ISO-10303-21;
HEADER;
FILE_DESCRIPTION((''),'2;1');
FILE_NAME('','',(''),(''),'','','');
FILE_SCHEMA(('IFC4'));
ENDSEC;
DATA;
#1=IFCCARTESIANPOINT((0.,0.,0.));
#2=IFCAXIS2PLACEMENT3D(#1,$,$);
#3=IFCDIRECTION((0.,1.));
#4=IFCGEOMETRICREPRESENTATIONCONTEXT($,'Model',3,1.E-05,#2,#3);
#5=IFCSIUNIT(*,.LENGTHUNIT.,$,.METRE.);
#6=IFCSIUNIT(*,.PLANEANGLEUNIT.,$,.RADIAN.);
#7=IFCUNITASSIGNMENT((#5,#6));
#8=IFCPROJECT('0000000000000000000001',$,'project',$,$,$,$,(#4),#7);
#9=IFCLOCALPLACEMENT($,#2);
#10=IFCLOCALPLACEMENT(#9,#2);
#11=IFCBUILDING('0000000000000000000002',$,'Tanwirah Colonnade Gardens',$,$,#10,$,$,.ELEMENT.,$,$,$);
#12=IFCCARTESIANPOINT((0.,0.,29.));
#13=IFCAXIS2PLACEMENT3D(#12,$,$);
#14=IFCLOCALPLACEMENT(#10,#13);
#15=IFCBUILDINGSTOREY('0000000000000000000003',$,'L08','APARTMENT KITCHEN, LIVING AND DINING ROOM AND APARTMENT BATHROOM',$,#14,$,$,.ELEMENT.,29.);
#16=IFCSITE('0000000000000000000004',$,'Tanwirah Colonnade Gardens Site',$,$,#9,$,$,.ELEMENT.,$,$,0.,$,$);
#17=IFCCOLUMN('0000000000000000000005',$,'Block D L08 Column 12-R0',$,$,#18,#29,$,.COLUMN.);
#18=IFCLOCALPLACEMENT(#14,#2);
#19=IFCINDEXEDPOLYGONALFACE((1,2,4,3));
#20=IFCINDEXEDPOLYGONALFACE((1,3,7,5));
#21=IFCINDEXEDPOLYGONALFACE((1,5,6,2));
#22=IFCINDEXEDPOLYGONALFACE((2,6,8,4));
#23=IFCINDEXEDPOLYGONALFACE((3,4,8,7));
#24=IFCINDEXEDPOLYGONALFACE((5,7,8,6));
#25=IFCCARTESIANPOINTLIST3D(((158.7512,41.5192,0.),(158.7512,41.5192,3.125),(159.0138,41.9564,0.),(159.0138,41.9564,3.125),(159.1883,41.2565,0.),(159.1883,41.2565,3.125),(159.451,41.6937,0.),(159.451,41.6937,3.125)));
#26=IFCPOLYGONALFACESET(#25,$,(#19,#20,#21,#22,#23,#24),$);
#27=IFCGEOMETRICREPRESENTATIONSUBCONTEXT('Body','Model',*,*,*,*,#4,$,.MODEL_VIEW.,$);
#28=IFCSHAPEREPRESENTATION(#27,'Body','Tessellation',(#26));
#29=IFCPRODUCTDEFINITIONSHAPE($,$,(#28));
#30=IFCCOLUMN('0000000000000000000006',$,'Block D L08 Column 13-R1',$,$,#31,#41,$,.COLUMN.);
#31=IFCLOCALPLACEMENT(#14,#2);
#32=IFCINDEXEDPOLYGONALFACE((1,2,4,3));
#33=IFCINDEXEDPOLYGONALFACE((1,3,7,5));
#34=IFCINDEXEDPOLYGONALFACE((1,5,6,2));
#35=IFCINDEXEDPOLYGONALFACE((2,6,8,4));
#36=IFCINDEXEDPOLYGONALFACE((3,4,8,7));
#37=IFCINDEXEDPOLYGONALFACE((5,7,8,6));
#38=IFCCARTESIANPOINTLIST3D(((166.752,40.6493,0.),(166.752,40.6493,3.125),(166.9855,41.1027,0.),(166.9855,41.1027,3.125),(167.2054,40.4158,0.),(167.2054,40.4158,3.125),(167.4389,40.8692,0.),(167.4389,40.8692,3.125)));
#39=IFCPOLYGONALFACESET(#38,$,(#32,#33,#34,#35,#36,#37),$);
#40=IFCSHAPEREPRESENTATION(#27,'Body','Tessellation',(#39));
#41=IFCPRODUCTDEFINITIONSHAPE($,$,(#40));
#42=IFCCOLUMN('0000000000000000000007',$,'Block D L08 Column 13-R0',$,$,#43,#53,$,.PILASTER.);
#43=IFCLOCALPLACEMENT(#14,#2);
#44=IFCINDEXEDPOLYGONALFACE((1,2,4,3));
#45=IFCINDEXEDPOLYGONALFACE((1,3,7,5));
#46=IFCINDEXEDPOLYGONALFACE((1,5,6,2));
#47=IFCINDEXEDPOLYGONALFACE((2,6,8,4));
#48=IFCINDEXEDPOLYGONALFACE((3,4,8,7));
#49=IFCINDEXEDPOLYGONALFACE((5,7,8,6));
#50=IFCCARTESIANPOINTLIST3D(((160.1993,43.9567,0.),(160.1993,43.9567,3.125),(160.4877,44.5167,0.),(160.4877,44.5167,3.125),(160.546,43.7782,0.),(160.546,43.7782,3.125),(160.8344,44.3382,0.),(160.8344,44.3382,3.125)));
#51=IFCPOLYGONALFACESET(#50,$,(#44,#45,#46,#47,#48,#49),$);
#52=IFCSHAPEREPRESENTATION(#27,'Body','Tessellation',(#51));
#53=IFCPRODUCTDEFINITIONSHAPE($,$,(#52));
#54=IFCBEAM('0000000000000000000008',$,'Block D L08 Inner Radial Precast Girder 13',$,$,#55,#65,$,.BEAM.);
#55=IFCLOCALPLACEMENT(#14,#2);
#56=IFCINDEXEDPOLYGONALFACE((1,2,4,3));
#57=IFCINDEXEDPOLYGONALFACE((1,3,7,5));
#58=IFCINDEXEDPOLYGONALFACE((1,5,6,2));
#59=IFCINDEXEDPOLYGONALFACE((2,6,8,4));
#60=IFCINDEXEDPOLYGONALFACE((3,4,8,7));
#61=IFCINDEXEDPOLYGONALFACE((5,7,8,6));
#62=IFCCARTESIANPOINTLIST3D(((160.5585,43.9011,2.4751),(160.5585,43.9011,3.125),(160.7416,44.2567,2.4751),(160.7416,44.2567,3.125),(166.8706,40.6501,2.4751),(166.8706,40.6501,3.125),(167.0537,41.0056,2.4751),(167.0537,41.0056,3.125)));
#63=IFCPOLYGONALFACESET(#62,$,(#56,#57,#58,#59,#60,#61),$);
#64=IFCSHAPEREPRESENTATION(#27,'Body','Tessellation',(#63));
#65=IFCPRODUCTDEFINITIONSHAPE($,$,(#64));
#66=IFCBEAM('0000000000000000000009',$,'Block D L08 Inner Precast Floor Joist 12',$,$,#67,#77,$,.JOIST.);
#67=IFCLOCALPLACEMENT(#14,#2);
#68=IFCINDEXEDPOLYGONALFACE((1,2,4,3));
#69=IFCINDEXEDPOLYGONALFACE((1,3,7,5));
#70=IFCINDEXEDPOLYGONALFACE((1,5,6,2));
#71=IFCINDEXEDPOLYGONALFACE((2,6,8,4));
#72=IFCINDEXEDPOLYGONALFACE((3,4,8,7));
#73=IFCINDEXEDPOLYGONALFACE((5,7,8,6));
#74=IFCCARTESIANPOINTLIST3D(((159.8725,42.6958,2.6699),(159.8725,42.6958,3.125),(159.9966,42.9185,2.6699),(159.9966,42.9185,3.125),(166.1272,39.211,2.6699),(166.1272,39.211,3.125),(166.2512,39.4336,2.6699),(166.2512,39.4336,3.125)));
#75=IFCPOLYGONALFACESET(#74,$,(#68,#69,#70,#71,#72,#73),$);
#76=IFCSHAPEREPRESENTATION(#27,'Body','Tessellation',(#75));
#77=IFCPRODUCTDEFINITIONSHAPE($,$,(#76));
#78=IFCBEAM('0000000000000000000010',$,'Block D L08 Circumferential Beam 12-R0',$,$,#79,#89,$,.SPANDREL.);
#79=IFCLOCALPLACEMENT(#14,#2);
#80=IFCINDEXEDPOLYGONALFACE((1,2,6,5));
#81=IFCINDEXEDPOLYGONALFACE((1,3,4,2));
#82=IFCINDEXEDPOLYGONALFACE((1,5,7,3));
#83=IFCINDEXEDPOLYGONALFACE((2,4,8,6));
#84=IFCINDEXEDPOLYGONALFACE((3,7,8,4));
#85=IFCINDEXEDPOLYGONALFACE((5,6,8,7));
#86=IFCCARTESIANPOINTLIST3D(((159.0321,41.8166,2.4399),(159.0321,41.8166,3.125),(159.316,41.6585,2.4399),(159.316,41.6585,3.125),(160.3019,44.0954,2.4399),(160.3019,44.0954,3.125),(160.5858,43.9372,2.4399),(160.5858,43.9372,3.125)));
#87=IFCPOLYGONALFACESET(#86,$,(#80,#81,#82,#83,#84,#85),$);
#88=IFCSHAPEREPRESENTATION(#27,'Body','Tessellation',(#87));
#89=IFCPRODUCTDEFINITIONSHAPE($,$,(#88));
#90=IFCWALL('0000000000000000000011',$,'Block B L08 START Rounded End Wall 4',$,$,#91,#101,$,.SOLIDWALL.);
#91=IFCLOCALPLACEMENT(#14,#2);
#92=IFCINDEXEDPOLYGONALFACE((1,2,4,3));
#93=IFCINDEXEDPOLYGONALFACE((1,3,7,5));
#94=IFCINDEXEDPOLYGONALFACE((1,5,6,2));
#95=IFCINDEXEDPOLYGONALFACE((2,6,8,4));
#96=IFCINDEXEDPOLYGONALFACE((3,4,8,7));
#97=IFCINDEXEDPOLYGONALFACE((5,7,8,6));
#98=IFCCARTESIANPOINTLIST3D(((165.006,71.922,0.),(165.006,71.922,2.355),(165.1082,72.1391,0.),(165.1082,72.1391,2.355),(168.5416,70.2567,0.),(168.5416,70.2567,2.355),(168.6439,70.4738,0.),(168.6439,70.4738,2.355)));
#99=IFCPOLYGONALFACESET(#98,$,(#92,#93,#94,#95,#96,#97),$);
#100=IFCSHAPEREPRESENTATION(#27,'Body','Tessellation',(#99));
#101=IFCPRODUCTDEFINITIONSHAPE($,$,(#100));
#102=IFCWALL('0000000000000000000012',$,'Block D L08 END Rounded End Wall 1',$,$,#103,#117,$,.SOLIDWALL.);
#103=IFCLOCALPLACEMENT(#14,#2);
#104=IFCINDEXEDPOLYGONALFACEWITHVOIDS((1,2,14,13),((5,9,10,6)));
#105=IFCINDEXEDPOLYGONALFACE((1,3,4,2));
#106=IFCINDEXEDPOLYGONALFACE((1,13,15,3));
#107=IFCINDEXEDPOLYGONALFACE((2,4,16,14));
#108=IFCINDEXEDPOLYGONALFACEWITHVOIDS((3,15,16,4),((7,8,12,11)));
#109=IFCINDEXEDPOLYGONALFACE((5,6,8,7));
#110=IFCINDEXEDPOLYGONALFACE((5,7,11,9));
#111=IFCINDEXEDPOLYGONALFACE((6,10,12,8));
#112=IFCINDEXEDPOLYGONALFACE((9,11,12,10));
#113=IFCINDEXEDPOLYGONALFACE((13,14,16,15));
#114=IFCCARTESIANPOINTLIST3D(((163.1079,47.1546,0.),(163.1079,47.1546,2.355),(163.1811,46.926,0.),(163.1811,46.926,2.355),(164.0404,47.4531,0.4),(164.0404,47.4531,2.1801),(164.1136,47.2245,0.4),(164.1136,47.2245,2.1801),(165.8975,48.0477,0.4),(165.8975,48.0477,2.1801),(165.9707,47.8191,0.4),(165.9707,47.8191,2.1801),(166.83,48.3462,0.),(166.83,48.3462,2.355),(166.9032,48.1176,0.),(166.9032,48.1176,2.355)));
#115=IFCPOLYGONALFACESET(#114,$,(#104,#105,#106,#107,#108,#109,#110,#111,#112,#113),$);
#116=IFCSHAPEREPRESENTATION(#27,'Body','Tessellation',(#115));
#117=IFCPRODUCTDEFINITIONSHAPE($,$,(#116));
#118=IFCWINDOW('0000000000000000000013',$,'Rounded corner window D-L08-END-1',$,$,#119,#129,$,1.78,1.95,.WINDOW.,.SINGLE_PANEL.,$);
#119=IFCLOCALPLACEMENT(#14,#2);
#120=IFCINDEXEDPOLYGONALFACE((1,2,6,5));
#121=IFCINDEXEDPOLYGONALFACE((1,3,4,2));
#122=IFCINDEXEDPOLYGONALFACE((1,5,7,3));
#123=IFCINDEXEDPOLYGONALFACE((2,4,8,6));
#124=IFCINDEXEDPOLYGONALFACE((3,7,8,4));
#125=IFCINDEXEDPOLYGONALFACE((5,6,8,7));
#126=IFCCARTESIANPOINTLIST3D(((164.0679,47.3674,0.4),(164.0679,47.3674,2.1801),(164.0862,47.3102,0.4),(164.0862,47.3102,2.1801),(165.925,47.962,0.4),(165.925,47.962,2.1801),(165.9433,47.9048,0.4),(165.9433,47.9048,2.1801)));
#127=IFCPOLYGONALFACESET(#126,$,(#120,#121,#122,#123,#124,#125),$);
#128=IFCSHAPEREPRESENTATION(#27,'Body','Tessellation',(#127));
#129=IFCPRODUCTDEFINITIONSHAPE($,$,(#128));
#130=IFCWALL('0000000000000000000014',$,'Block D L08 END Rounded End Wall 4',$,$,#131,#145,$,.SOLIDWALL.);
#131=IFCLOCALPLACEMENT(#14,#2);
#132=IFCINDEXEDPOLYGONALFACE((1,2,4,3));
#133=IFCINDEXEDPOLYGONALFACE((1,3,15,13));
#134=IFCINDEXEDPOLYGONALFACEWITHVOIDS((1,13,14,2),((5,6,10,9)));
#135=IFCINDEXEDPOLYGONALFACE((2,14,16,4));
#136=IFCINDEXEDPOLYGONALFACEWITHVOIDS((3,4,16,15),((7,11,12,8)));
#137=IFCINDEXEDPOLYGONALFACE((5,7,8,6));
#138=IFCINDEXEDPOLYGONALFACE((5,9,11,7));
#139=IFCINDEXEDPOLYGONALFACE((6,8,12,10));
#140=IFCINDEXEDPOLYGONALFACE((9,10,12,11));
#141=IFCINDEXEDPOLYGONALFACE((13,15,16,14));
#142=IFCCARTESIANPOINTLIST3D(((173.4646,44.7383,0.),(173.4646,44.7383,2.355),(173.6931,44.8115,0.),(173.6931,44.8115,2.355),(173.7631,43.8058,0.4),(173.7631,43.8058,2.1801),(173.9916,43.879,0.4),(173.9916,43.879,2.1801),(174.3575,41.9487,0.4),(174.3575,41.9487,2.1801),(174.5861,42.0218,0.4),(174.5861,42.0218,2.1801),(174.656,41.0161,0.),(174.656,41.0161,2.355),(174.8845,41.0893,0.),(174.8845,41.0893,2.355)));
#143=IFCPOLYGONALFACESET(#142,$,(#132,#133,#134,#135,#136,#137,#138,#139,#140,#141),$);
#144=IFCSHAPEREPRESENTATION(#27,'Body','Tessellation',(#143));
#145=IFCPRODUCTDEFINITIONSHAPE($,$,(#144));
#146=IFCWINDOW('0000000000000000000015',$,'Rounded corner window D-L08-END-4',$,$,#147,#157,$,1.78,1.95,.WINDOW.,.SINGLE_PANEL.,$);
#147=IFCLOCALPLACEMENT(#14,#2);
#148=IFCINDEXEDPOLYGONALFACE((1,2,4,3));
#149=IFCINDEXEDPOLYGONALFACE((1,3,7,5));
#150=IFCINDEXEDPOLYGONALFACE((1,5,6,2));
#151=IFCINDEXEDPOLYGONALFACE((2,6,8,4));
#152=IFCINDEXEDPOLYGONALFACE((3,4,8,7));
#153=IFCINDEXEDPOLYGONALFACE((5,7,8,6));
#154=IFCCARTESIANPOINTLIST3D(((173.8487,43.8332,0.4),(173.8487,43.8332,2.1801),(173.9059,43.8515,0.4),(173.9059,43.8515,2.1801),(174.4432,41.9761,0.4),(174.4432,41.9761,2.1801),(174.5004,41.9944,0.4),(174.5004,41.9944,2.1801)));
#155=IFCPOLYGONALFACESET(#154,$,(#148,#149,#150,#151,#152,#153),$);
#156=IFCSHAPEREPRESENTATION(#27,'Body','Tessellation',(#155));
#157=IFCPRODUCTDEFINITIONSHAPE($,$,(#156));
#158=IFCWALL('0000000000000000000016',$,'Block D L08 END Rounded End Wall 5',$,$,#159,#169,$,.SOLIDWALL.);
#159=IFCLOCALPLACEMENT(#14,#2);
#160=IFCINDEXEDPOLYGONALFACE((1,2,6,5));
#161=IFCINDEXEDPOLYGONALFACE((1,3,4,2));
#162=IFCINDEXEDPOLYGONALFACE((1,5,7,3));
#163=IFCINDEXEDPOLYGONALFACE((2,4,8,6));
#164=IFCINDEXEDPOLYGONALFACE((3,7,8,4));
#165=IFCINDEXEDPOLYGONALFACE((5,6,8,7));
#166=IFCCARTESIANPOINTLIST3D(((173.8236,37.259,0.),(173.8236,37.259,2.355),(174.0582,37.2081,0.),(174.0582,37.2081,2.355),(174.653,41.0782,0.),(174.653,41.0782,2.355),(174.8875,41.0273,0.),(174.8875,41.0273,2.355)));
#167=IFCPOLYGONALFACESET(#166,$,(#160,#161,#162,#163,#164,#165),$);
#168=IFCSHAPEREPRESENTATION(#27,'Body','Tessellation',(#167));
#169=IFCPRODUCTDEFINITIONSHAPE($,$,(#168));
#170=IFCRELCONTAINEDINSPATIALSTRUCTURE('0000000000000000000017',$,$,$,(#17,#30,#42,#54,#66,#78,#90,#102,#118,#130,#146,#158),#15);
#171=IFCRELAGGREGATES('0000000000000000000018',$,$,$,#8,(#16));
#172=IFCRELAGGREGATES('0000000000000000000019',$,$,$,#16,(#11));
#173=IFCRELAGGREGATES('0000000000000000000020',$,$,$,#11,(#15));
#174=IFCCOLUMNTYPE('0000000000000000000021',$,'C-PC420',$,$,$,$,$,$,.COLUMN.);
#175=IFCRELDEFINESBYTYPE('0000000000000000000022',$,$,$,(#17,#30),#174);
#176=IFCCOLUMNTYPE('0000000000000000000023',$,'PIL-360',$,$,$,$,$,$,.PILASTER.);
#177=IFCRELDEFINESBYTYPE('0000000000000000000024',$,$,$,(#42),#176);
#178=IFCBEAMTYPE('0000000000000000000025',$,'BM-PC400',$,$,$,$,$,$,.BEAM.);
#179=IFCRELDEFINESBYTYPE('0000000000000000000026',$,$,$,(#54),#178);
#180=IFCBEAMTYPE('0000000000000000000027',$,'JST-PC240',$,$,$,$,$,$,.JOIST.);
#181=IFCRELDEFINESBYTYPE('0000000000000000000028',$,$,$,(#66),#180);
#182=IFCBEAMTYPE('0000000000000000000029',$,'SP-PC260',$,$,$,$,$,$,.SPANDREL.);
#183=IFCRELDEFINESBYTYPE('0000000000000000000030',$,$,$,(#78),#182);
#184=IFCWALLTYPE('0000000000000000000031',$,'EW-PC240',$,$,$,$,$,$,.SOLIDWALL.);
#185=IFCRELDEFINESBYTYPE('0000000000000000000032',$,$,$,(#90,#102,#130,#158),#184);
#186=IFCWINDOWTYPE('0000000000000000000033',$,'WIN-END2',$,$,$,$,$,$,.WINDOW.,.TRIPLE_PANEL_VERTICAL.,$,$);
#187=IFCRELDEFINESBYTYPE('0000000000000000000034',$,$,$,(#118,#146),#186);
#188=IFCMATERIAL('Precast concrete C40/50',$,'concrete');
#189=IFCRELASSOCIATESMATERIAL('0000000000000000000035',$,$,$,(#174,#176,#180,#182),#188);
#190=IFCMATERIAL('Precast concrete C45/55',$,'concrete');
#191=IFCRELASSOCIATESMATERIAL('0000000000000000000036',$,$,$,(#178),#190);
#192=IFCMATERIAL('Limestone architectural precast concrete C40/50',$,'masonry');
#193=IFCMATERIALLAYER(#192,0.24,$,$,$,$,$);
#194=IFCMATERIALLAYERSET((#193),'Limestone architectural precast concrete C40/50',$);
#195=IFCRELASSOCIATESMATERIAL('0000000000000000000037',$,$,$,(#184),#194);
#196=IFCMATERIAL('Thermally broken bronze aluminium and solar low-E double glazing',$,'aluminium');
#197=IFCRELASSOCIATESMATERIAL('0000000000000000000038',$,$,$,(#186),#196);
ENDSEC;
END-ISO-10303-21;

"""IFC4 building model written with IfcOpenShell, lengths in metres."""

from ifc_helpers import new_model, si_unit, direction, frame, frame_2d, origin, origin_2d, place, context, subcontext, project, spatial, rectangle, extrude, material, layer, layer_set, material_profile, profile_set, type_object, element, fill, save


model = new_model("IFC4")

# Units and contexts
model_context = context("Model", 3, precision=1e-05, world=origin(), true_north=direction((0.0, 1.0)))
body_context = subcontext(model_context, "Body", "Model", "MODEL_VIEW")
ifc_project = project(units=[si_unit("LENGTHUNIT", "METRE"), si_unit("PLANEANGLEUNIT", "RADIAN")], contexts=[model_context])

# Site, building, storey
site_placement = place(None, origin())
site = spatial("IfcSite", under=ifc_project, at=site_placement, Name="Tanwirah Colonnade Gardens Site", CompositionType="ELEMENT", RefElevation=0.0)
building_placement = place(site_placement, origin())
building = spatial("IfcBuilding", under=site, at=building_placement, Name="Tanwirah Colonnade Gardens", CompositionType="ELEMENT")
storey_placement = place(building_placement, frame((0.0, 0.0, 29.0)))
storey = spatial("IfcBuildingStorey", under=building, at=storey_placement, Name="L08", Description="APARTMENT KITCHEN, LIVING AND DINING ROOM AND APARTMENT BATHROOM", CompositionType="ELEMENT", Elevation=29.0)

# Columns
ifc_material_1 = material(Name="Precast concrete C40/50", Category="concrete")
ifc_material_profile_1 = material_profile(ifc_material_1, rectangle(XDim=0.51, YDim=0.51, at=origin_2d()), Name="PC-COL 510x510")
ifc_profile_set_1 = profile_set([ifc_material_profile_1], Name="Precast concrete C40/50")
column_type_1 = type_object("IfcColumnType", Name="C-PC420", PredefinedType="COLUMN", material=ifc_profile_set_1)
for number, where, z_axis, x_axis, name in (
    (1, (159.1011, 41.6064, 0.0), (0.0, 0.0, 1.0), (0.857167, -0.515038, 0.0), "Block D L08 Column 12-R0"),
    (2, (167.0955, 40.7593, 0.0), (0.0, 0.0, 1.0), (0.889017, -0.457874, 0.0), "Block D L08 Column 13-R1"),
):
    element("IfcColumn", number, at=place(storey_placement, frame(where, z_axis=z_axis, x_axis=x_axis)), inside=storey, type_object=column_type_1, Name=name, PredefinedType="COLUMN", context=body_context, shape_type="SweptSolid", body=[
        extrude(rectangle(XDim=0.51, YDim=0.51, at=origin_2d()), origin(), (0.0, 0.0, 1.0), 3.125),
    ])
ifc_material_profile_2 = material_profile(ifc_material_1, rectangle(XDim=0.3899, YDim=0.6299, at=origin_2d()), Name="PC-PIL 390x630")
ifc_profile_set_2 = profile_set([ifc_material_profile_2], Name="Precast concrete C40/50")
column_type_2 = type_object("IfcColumnType", Name="PIL-360", PredefinedType="PILASTER", material=ifc_profile_set_2)
column_placement = place(storey_placement, frame((160.5168, 44.1475, 0.0), z_axis=(0.0, 0.0, 1.0), x_axis=(0.889017, -0.457874, 0.0)))
element("IfcColumn", 3, at=column_placement, inside=storey, type_object=column_type_2, Name="Block D L08 Column 13-R0", PredefinedType="PILASTER", context=body_context, shape_type="SweptSolid", body=[
    extrude(rectangle(XDim=0.3899, YDim=0.6299, at=origin_2d()), origin(), (0.0, 0.0, 1.0), 3.125),
])

# Beams
ifc_material_2 = material(Name="Precast concrete C45/55", Category="concrete")
ifc_material_profile_3 = material_profile(ifc_material_2, rectangle(XDim=0.3999, YDim=0.6499, at=origin_2d()), Name="PC-BM 400x650")
ifc_profile_set_3 = profile_set([ifc_material_profile_3], Name="Precast concrete C45/55")
beam_type_1 = type_object("IfcBeamType", Name="BM-PC400", PredefinedType="BEAM", material=ifc_profile_set_3)
beam_1_placement = place(storey_placement, frame((166.9622, 40.8279, 2.8), z_axis=(-0.889013, 0.457882, 0.0), x_axis=(-0.457882, -0.889013, 0.0)))
element("IfcBeam", 4, at=beam_1_placement, inside=storey, type_object=beam_type_1, Name="Block D L08 Inner Radial Precast Girder 13", PredefinedType="BEAM", context=body_context, shape_type="SweptSolid", body=[
    extrude(rectangle(XDim=0.3999, YDim=0.6499, at=origin_2d()), origin(), (0.0, 0.0, 1.0), 7.1001),
])
ifc_material_profile_4 = material_profile(ifc_material_1, rectangle(XDim=0.2549, YDim=0.4551, at=origin_2d()), Name="PC-JST 255x455")
ifc_profile_set_4 = profile_set([ifc_material_profile_4], Name="Precast concrete C40/50")
beam_type_2 = type_object("IfcBeamType", Name="JST-PC240", PredefinedType="JOIST", material=ifc_profile_set_4)
beam_2_placement = place(storey_placement, frame((159.9346, 42.8071, 2.8975), z_axis=(0.87356, -0.486717, 0.0), x_axis=(0.486717, 0.87356, 0.0)))
element("IfcBeam", 5, at=beam_2_placement, inside=storey, type_object=beam_type_2, Name="Block D L08 Inner Precast Floor Joist 12", PredefinedType="JOIST", context=body_context, shape_type="SweptSolid", body=[
    extrude(rectangle(XDim=0.2549, YDim=0.4551, at=origin_2d()), origin(), (0.0, 0.0, 1.0), 7.1599),
])
ifc_material_profile_5 = material_profile(ifc_material_1, rectangle(XDim=0.325, YDim=0.6851, at=origin_2d()), Name="PC-SP 325x685")
ifc_profile_set_5 = profile_set([ifc_material_profile_5], Name="Precast concrete C40/50")
beam_type_3 = type_object("IfcBeamType", Name="SP-PC260", PredefinedType="SPANDREL", material=ifc_profile_set_5)
beam_3_placement = place(storey_placement, frame((159.1741, 41.7375, 2.7825), z_axis=(0.486747, 0.873543, 0.0), x_axis=(-0.873543, 0.486747, 0.0)))
element("IfcBeam", 6, at=beam_3_placement, inside=storey, type_object=beam_type_3, Name="Block D L08 Circumferential Beam 12-R0", PredefinedType="SPANDREL", context=body_context, shape_type="SweptSolid", body=[
    extrude(rectangle(XDim=0.325, YDim=0.6851, at=origin_2d()), origin(), (0.0, 0.0, 1.0), 2.6086),
])

# Wall
ifc_material_3 = material(Name="Limestone architectural precast concrete C40/50", Category="masonry")
ifc_layer_1 = layer(ifc_material_3, 0.24)
ifc_layer_set_1 = layer_set([ifc_layer_1], Name="Limestone architectural precast concrete C40/50")
wall_type_1 = type_object("IfcWallType", Name="EW-PC240", PredefinedType="SOLIDWALL", material=ifc_layer_set_1)
wall_1_placement = place(storey_placement, frame((168.5928, 70.3652, 0.0), z_axis=(0.0, 0.0, 1.0), x_axis=(-0.904676, 0.426101, 0.0)))
element("IfcWall", 7, at=wall_1_placement, inside=storey, type_object=wall_type_1, Name="Block B L08 START Rounded End Wall 4", PredefinedType="SOLIDWALL", context=body_context, shape_type="SweptSolid", body=[
    extrude(rectangle(XDim=3.9082, YDim=0.24, at=frame_2d((1.9541, 0.0))), origin(), (0.0, 0.0, 1.0), 2.355),
])

# Wall, opening, window
wall_2_placement = place(storey_placement, frame((163.1445, 47.0403, 0.0), z_axis=(0.0, 0.0, 1.0), x_axis=(0.952383, 0.304905, 0.0)))
wall_2 = element("IfcWall", 8, at=wall_2_placement, inside=storey, type_object=wall_type_1, Name="Block D L08 END Rounded End Wall 1", PredefinedType="SOLIDWALL", context=body_context, shape_type="SweptSolid", body=[
    extrude(rectangle(XDim=3.9082, YDim=0.24, at=frame_2d((1.9541, 0.0))), origin(), (0.0, 0.0, 1.0), 2.355),
])
opening_1_placement = place(wall_2_placement, frame((0.979, 0.0, 0.3999)))
opening_1 = element("IfcOpeningElement", 9, at=opening_1_placement, cuts=wall_2, PredefinedType="OPENING", context=body_context, shape_type="SweptSolid", body=[
    extrude(rectangle(XDim=1.95, YDim=1.78, at=frame_2d((0.9751, 0.8901))), frame((0.0, 0.1299, 0.0), z_axis=(0.0, -1.0, 0.0), x_axis=(1.0, 0.0, 0.0)), (0.0, 0.0, 1.0), 0.26),
])
ifc_material_4 = material(Name="Thermally broken bronze aluminium and solar low-E double glazing", Category="aluminium")
window_type = type_object("IfcWindowType", Name="WIN-END2", PartitioningType="TRIPLE_PANEL_VERTICAL", PredefinedType="WINDOW", material=ifc_material_4)
window_1_placement = place(opening_1_placement, origin())
window_1 = element("IfcWindow", 10, at=window_1_placement, inside=storey, type_object=window_type, Name="Rounded corner window D-L08-END-1", OverallHeight=1.78, OverallWidth=1.95, PartitioningType="SINGLE_PANEL", PredefinedType="WINDOW", context=body_context, shape_type="SweptSolid", body=[
    extrude(rectangle(XDim=1.95, YDim=1.78, at=frame_2d((0.9751, 0.8901))), frame((0.0, 0.03, 0.0), z_axis=(0.0, -1.0, 0.0), x_axis=(1.0, 0.0, 0.0)), (0.0, 0.0, 1.0), 0.0601),
])
fill(opening_1, window_1)

# Wall, opening, window
wall_3_placement = place(storey_placement, frame((173.5789, 44.7749, 0.0), z_axis=(0.0, 0.0, 1.0), x_axis=(0.304848, -0.952401, 0.0)))
wall_3 = element("IfcWall", 11, at=wall_3_placement, inside=storey, type_object=wall_type_1, Name="Block D L08 END Rounded End Wall 4", PredefinedType="SOLIDWALL", context=body_context, shape_type="SweptSolid", body=[
    extrude(rectangle(XDim=3.9082, YDim=0.24, at=frame_2d((1.9541, 0.0))), origin(), (0.0, 0.0, 1.0), 2.355),
])
opening_2_placement = place(wall_3_placement, frame((0.979, 0.0, 0.3999)))
opening_2 = element("IfcOpeningElement", 12, at=opening_2_placement, cuts=wall_3, PredefinedType="OPENING", context=body_context, shape_type="SweptSolid", body=[
    extrude(rectangle(XDim=1.95, YDim=1.78, at=frame_2d((0.9751, 0.8901))), frame((0.0, 0.1299, 0.0), z_axis=(0.0, -1.0, 0.0), x_axis=(1.0, 0.0, 0.0)), (0.0, 0.0, 1.0), 0.26),
])
window_2_placement = place(opening_2_placement, origin())
window_2 = element("IfcWindow", 13, at=window_2_placement, inside=storey, type_object=window_type, Name="Rounded corner window D-L08-END-4", OverallHeight=1.78, OverallWidth=1.95, PartitioningType="SINGLE_PANEL", PredefinedType="WINDOW", context=body_context, shape_type="SweptSolid", body=[
    extrude(rectangle(XDim=1.95, YDim=1.78, at=frame_2d((0.9751, 0.8901))), frame((0.0, 0.03, 0.0), z_axis=(0.0, -1.0, 0.0), x_axis=(1.0, 0.0, 0.0)), (0.0, 0.0, 1.0), 0.0601),
])
fill(opening_2, window_2)

# Wall
wall_4_placement = place(storey_placement, frame((174.7703, 41.0527, 0.0), z_axis=(0.0, 0.0, 1.0), x_axis=(-0.212212, -0.977224, 0.0)))
element("IfcWall", 14, at=wall_4_placement, inside=storey, type_object=wall_type_1, Name="Block D L08 END Rounded End Wall 5", PredefinedType="SOLIDWALL", context=body_context, shape_type="SweptSolid", body=[
    extrude(rectangle(XDim=3.9082, YDim=0.24, at=frame_2d((1.9541, 0.0))), origin(), (0.0, 0.0, 1.0), 2.355),
])

save(model, "model.ifc")
